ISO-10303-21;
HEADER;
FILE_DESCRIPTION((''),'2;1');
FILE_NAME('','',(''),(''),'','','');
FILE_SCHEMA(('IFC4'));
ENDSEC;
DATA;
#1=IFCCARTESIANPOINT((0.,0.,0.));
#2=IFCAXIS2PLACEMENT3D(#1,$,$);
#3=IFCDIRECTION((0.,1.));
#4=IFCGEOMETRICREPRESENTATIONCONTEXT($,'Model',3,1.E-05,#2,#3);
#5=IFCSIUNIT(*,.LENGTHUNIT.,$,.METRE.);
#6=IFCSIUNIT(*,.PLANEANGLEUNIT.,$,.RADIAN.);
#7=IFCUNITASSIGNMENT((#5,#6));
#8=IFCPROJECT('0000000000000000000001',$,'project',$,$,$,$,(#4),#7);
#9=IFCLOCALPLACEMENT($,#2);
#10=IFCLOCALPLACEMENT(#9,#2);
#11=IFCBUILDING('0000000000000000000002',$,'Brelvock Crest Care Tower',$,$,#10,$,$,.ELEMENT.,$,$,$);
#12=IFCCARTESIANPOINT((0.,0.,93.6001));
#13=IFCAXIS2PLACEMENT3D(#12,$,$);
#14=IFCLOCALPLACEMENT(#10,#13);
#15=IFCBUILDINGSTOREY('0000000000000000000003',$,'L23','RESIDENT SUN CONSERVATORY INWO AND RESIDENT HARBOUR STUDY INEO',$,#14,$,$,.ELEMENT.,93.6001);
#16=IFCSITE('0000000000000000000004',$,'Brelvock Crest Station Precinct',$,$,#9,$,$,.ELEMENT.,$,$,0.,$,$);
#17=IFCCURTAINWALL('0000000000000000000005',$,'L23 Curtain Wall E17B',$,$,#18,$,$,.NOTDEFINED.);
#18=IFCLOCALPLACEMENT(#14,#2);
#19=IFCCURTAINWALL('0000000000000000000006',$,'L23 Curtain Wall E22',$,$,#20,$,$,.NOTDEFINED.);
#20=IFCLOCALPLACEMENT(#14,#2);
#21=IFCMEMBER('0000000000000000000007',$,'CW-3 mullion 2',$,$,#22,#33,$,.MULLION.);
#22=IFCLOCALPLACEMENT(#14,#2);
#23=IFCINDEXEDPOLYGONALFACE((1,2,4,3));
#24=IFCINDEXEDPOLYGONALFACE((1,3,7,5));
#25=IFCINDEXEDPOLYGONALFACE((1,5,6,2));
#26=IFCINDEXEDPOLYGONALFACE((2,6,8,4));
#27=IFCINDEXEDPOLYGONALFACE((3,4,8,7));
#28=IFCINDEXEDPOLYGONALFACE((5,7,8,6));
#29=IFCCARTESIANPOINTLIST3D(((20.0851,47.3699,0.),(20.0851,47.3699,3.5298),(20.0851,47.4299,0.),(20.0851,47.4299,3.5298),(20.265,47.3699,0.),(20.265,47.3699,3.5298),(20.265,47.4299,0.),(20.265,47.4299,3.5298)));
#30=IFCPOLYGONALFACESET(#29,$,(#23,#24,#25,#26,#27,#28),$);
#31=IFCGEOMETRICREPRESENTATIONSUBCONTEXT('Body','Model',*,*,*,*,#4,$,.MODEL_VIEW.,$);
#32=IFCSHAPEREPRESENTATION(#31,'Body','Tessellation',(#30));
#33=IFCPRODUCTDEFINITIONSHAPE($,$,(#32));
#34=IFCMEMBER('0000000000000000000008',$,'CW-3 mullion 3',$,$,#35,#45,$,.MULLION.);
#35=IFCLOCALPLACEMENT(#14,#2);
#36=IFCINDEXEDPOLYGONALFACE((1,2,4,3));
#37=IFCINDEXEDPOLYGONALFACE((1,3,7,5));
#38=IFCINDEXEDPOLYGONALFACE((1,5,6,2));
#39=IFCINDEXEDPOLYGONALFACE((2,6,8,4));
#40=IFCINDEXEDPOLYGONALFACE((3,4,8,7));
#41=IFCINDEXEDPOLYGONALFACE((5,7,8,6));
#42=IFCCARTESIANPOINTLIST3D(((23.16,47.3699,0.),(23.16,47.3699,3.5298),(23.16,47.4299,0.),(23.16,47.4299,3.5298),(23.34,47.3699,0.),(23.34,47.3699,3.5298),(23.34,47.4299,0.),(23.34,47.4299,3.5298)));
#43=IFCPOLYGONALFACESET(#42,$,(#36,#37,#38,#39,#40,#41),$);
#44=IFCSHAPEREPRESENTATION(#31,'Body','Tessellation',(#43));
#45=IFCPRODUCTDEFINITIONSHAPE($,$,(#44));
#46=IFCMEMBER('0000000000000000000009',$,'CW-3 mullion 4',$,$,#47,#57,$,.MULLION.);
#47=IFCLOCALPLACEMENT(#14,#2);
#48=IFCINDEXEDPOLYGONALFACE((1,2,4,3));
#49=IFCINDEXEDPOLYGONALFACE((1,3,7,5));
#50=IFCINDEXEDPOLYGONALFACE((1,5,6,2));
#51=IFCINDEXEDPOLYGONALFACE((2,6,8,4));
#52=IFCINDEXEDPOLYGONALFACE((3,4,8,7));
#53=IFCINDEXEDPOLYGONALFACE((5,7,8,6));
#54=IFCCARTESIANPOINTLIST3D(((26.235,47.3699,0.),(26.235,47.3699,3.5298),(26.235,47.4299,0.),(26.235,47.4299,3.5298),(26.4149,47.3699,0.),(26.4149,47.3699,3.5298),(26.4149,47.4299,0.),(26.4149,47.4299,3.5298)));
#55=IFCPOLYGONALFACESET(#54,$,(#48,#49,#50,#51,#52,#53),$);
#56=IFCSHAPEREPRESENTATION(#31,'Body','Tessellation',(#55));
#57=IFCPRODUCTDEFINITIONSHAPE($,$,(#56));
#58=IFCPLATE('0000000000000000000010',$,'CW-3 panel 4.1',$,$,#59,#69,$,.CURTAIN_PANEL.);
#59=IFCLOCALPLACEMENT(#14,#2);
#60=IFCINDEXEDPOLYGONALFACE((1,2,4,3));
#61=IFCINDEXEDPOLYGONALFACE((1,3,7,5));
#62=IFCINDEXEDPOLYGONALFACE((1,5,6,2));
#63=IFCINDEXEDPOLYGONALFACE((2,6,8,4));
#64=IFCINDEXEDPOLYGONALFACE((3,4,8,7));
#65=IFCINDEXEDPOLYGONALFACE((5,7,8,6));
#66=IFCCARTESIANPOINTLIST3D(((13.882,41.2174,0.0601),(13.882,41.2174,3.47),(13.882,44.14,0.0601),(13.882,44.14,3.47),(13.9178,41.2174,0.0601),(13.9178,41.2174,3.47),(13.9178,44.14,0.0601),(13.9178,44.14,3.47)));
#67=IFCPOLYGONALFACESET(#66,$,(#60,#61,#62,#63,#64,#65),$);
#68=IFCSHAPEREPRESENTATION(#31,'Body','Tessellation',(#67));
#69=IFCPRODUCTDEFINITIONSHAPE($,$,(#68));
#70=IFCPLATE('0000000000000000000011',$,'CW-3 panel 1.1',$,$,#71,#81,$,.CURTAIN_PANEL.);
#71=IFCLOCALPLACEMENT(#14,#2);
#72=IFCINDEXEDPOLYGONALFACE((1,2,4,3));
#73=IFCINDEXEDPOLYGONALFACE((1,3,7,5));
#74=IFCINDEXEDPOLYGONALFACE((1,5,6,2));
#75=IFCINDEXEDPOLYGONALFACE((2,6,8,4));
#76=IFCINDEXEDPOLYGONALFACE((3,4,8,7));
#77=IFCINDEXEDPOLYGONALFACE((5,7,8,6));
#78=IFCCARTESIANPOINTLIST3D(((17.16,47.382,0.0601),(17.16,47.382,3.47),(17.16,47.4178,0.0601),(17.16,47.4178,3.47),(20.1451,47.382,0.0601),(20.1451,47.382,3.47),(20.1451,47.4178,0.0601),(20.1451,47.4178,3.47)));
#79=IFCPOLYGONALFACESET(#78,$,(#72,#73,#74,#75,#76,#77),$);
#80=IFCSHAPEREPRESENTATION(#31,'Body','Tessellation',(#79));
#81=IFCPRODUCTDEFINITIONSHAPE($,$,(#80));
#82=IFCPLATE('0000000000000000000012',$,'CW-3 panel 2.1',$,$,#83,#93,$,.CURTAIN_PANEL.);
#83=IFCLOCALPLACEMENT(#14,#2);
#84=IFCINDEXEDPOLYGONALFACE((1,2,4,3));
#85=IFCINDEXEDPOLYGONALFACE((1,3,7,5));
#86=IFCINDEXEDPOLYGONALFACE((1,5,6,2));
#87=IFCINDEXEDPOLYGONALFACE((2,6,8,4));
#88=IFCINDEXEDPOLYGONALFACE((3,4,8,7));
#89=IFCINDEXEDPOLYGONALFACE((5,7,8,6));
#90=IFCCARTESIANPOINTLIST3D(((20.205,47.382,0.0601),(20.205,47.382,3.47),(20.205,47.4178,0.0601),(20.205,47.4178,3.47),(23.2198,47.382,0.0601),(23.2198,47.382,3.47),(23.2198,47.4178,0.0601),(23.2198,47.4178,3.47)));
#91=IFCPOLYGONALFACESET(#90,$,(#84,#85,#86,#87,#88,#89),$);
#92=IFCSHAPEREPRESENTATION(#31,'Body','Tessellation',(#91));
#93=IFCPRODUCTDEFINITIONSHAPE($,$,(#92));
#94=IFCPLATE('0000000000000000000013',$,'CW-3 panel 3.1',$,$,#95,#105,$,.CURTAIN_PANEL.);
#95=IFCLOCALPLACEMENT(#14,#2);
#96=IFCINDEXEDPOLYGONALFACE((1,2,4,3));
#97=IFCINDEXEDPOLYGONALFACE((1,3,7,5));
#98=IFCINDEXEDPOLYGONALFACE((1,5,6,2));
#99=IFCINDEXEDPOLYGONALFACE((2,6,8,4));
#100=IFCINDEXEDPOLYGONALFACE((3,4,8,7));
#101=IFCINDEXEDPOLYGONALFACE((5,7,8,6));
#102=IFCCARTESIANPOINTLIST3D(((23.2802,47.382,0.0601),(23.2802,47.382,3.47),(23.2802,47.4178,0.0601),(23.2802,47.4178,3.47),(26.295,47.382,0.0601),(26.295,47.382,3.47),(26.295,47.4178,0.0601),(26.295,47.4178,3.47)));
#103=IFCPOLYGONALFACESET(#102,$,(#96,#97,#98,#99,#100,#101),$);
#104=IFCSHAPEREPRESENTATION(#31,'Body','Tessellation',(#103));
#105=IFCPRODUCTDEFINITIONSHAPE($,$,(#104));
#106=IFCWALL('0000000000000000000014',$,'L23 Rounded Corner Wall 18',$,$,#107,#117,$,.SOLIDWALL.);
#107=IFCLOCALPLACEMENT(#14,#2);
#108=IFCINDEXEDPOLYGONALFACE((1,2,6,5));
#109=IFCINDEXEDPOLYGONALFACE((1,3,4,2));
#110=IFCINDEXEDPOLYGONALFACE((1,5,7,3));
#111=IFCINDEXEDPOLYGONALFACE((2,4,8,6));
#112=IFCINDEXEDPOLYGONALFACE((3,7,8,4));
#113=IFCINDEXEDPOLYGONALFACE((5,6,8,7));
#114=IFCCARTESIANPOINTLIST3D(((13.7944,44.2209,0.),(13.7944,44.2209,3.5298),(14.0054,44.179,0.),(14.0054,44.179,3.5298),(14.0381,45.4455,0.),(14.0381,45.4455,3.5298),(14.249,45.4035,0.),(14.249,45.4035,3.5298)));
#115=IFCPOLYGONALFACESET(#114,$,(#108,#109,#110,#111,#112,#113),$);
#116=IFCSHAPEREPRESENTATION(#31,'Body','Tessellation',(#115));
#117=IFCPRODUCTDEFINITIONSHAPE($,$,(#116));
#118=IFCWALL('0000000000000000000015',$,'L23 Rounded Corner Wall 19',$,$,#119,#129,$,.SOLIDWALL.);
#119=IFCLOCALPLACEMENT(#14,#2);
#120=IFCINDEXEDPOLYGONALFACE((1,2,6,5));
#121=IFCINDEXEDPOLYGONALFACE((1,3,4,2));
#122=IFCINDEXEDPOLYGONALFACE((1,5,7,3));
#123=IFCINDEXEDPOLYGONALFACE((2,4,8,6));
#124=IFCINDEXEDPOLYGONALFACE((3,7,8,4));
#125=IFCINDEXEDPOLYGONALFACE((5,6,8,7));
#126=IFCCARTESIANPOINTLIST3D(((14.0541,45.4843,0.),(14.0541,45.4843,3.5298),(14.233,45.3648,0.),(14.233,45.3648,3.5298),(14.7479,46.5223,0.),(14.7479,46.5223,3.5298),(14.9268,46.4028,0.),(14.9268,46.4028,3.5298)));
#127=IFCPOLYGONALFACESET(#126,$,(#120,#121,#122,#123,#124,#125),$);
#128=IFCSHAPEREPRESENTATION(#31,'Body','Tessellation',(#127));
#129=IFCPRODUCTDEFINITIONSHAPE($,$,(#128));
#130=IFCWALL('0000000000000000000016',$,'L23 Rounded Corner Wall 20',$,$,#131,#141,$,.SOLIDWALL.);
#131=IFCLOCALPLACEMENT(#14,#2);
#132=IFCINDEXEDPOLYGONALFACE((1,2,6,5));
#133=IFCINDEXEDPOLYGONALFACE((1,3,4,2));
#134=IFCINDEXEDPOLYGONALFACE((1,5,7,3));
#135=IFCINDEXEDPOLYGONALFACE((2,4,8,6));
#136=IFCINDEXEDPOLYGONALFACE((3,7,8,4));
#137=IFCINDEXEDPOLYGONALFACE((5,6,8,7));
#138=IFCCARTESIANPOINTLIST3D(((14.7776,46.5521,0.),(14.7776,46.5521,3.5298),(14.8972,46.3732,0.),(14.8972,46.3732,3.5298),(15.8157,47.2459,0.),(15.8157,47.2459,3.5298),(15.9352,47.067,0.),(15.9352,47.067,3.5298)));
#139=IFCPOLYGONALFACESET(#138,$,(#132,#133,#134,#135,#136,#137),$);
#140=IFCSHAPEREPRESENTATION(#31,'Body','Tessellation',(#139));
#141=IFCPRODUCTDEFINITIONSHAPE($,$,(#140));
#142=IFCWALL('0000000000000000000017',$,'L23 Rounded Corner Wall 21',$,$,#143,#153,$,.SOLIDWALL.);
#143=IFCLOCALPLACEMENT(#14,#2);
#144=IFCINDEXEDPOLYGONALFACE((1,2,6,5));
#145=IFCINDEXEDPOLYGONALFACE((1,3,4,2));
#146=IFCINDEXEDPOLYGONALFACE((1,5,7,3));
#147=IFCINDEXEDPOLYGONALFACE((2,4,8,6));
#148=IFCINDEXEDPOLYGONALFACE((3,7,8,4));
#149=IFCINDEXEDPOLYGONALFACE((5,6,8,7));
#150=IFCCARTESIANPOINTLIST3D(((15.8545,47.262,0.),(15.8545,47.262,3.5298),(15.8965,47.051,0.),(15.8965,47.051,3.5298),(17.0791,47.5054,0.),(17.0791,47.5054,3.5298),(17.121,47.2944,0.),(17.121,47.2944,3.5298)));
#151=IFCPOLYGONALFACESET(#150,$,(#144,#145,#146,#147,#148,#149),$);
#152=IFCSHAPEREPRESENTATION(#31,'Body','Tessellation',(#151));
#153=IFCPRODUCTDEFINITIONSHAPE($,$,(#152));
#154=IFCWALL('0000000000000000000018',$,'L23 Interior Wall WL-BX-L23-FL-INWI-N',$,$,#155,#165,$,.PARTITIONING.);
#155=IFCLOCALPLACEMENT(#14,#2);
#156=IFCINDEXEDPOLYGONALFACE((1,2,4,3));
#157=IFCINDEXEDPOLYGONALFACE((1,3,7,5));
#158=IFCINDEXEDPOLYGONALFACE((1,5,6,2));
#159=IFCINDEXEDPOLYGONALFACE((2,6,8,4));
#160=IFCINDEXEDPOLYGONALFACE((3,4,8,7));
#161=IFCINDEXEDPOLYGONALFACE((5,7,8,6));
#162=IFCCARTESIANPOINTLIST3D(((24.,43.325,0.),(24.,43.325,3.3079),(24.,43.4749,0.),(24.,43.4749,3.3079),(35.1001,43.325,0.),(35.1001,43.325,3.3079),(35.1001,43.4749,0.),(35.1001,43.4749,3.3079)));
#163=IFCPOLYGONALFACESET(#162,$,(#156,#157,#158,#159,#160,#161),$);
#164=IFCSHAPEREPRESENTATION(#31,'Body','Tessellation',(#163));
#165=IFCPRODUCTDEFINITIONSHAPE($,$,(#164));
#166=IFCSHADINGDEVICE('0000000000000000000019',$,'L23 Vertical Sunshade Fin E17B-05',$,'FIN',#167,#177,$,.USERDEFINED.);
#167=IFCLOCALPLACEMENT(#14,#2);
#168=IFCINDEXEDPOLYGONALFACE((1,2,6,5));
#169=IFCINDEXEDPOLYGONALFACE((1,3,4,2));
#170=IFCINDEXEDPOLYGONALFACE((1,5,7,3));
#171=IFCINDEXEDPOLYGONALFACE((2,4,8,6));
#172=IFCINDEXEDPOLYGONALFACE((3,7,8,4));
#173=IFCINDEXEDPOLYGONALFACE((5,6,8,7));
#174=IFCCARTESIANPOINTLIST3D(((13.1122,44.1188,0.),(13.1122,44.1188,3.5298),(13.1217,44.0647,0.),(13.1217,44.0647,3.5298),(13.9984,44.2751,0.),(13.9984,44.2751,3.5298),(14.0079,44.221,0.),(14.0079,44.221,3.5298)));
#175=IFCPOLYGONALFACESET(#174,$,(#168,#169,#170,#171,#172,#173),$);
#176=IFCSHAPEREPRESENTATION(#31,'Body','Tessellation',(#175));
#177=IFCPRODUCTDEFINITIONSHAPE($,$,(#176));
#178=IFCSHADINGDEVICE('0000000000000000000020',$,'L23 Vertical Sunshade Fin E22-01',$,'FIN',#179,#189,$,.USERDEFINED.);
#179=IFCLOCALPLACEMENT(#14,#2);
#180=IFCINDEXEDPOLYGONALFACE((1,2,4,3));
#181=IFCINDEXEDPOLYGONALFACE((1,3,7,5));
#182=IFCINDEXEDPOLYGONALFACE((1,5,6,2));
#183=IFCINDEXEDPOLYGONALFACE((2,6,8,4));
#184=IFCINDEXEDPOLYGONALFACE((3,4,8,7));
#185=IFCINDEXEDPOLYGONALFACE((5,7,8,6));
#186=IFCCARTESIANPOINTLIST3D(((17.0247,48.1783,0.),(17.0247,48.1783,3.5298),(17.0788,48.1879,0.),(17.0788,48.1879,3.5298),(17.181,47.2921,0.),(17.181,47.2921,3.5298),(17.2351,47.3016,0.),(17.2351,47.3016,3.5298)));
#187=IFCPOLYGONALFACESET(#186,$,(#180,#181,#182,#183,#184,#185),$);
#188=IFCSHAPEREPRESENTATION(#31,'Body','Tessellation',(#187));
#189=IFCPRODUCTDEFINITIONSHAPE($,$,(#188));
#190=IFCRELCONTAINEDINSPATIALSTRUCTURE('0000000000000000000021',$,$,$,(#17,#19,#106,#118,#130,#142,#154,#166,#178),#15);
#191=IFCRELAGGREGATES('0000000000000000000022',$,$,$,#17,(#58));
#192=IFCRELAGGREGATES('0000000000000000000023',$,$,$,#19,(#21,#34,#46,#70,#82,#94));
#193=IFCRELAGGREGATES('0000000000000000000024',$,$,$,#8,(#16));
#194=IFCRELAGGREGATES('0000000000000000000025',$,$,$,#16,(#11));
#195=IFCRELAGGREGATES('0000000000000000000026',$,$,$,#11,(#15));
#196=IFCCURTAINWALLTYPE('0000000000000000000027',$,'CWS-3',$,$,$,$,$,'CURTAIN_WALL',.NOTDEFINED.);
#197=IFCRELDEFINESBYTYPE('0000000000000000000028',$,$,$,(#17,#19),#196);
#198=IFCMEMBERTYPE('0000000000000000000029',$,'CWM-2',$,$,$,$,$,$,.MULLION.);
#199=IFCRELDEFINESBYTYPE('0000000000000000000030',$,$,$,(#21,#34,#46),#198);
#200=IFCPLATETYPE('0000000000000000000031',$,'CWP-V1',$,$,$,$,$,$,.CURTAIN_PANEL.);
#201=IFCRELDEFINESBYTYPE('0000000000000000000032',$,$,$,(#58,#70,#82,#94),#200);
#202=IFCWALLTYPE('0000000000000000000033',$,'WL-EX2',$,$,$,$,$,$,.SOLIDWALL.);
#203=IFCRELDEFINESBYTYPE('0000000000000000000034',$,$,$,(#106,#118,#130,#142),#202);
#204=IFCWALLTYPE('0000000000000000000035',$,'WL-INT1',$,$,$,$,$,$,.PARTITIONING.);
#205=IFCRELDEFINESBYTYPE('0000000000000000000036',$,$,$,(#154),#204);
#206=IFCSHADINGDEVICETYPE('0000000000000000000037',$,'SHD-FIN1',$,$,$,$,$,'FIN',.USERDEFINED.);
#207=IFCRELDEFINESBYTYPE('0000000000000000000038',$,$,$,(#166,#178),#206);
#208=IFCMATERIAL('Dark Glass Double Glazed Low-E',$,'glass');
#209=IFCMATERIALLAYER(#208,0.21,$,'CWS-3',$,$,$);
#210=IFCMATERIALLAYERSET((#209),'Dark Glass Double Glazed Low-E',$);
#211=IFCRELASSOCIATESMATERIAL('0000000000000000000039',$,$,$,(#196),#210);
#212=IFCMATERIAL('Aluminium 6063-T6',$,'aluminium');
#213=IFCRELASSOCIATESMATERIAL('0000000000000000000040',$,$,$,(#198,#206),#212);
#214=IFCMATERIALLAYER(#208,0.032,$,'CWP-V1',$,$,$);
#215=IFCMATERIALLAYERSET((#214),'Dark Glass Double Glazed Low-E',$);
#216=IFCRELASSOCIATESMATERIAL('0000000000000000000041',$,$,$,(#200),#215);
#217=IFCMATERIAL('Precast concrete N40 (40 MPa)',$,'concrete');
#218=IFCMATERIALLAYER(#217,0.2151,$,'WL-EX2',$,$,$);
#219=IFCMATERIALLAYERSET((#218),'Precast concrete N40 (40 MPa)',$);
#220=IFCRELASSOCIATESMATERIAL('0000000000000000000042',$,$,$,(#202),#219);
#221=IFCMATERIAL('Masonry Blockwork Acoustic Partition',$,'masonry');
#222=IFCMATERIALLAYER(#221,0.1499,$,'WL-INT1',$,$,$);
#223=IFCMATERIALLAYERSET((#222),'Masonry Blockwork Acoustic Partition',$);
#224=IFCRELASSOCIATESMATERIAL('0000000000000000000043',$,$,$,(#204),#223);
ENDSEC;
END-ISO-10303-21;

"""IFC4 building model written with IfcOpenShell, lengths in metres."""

from ifc_helpers import new_model, si_unit, direction, frame, frame_2d, origin, origin_2d, place, context, subcontext, project, spatial, rectangle, extrude, source, transform, mapped, material, layer, layer_set, material_profile, profile_set, type_object, element, aggregate, save


model = new_model("IFC4")

# Units and contexts
model_context = context("Model", 3, precision=1e-05, world=origin(), true_north=direction((0.0, 1.0)))
body_context = subcontext(model_context, "Body", "Model", "MODEL_VIEW")
ifc_project = project(units=[si_unit("LENGTHUNIT", "METRE"), si_unit("PLANEANGLEUNIT", "RADIAN")], contexts=[model_context])

# Site, building, storey
site_placement = place(None, origin())
site = spatial("IfcSite", under=ifc_project, at=site_placement, Name="Brelvock Crest Station Precinct", CompositionType="ELEMENT", RefElevation=0.0)
building_placement = place(site_placement, origin())
building = spatial("IfcBuilding", under=site, at=building_placement, Name="Brelvock Crest Care Tower", CompositionType="ELEMENT")
storey_placement = place(building_placement, frame((0.0, 0.0, 93.6001)))
storey = spatial("IfcBuildingStorey", under=building, at=storey_placement, Name="L23", Description="RESIDENT SUN CONSERVATORY INWO AND RESIDENT HARBOUR STUDY INEO", CompositionType="ELEMENT", Elevation=93.6001)

# Curtain walls
ifc_material_1 = material(Name="Dark Glass Double Glazed Low-E", Category="glass")
ifc_layer_1 = layer(ifc_material_1, 0.21, Name="CWS-3")
ifc_layer_set_1 = layer_set([ifc_layer_1], Name="Dark Glass Double Glazed Low-E")
curtain_wall_type = type_object("IfcCurtainWallType", Name="CWS-3", ElementType="CURTAIN_WALL", PredefinedType="NOTDEFINED", material=ifc_layer_set_1)
curtain_wall_1_placement = place(storey_placement, origin())
curtain_wall_1 = element("IfcCurtainWall", 1, at=curtain_wall_1_placement, inside=storey, type_object=curtain_wall_type, Name="L23 Curtain Wall E17B", PredefinedType="NOTDEFINED")
ifc_material_2 = material(Name="Aluminium 6063-T6", Category="aluminium")
curtain_wall_2_placement = place(storey_placement, origin())
curtain_wall_2 = element("IfcCurtainWall", 2, at=curtain_wall_2_placement, inside=storey, type_object=curtain_wall_type, Name="L23 Curtain Wall E22", PredefinedType="NOTDEFINED")

# Members
ifc_material_profile_1 = material_profile(ifc_material_2, rectangle(XDim=0.0601, YDim=0.1799, at=origin_2d()), Name="ALU60x180")
ifc_profile_set_1 = profile_set([ifc_material_profile_1], Name="Aluminium 6063-T6")
member_type_1 = type_object("IfcMemberType", Name="CWM-2", PredefinedType="MULLION", material=ifc_profile_set_1)
shared_shape_1 = source(origin(), body_context, "Body", "SweptSolid", [
    extrude(rectangle(XDim=0.0601, YDim=0.1799, at=origin_2d()), origin(), (0.0, 0.0, 1.0), 3.5298),
])
member_1_placement = place(storey_placement, frame((20.175, 47.3999, 0.0), z_axis=(0.0, 0.0, 1.0), x_axis=(0.0, 1.0, 0.0)))
member_1 = element("IfcMember", 3, at=member_1_placement, type_object=member_type_1, Name="CW-3 mullion 2", PredefinedType="MULLION", context=body_context, shape_type="MappedRepresentation", body=[
    mapped(shared_shape_1, transform((0.0, 0.0, 0.0), x_axis=(1.0, 0.0, 0.0), y_axis=(0.0, 1.0, 0.0), z_axis=(0.0, 0.0, 1.0), scale=1.0)),
])
member_2_placement = place(storey_placement, frame((23.25, 47.3999, 0.0), z_axis=(0.0, 0.0, 1.0), x_axis=(0.0, 1.0, 0.0)))
member_2 = element("IfcMember", 4, at=member_2_placement, type_object=member_type_1, Name="CW-3 mullion 3", PredefinedType="MULLION", context=body_context, shape_type="MappedRepresentation", body=[
    mapped(shared_shape_1, transform((0.0, 0.0, 0.0), x_axis=(1.0, 0.0, 0.0), y_axis=(0.0, 1.0, 0.0), z_axis=(0.0, 0.0, 1.0), scale=1.0)),
])
member_3_placement = place(storey_placement, frame((26.325, 47.3999, 0.0), z_axis=(0.0, 0.0, 1.0), x_axis=(0.0, 1.0, 0.0)))
member_3 = element("IfcMember", 5, at=member_3_placement, type_object=member_type_1, Name="CW-3 mullion 4", PredefinedType="MULLION", context=body_context, shape_type="MappedRepresentation", body=[
    mapped(shared_shape_1, transform((0.0, 0.0, 0.0), x_axis=(1.0, 0.0, 0.0), y_axis=(0.0, 1.0, 0.0), z_axis=(0.0, 0.0, 1.0), scale=1.0)),
])

# Plates
ifc_layer_2 = layer(ifc_material_1, 0.032, Name="CWP-V1")
ifc_layer_set_2 = layer_set([ifc_layer_2], Name="Dark Glass Double Glazed Low-E")
plate_type = type_object("IfcPlateType", Name="CWP-V1", PredefinedType="CURTAIN_PANEL", material=ifc_layer_set_2)
shared_shape_2 = source(origin(), body_context, "Body", "SweptSolid", [
    extrude(rectangle(XDim=2.9226, YDim=0.0359, at=origin_2d()), origin(), (0.0, 0.0, 1.0), 3.4099),
])
plate_1_placement = place(storey_placement, frame((13.8999, 42.6787, 0.0601), z_axis=(0.0, 0.0, 1.0), x_axis=(0.0, 1.0, 0.0)))
plate_1 = element("IfcPlate", 6, at=plate_1_placement, type_object=plate_type, Name="CW-3 panel 4.1", PredefinedType="CURTAIN_PANEL", context=body_context, shape_type="MappedRepresentation", body=[
    mapped(shared_shape_2, transform((0.0, 0.0, 0.0), x_axis=(1.0, 0.0, 0.0), y_axis=(0.0, 1.0, 0.0), z_axis=(0.0, 0.0, 1.0), scale=1.0)),
])
aggregate(curtain_wall_1, [plate_1])
shared_shape_3 = source(origin(), body_context, "Body", "SweptSolid", [
    extrude(rectangle(XDim=2.9851, YDim=0.0359, at=origin_2d()), origin(), (0.0, 0.0, 1.0), 3.4099),
])
plate_2_placement = place(storey_placement, frame((18.6526, 47.3999, 0.0601), z_axis=(0.0, 0.0, 1.0), x_axis=(1.0, 0.0, 0.0)))
plate_2 = element("IfcPlate", 7, at=plate_2_placement, type_object=plate_type, Name="CW-3 panel 1.1", PredefinedType="CURTAIN_PANEL", context=body_context, shape_type="MappedRepresentation", body=[
    mapped(shared_shape_3, transform((0.0, 0.0, 0.0), x_axis=(1.0, 0.0, 0.0), y_axis=(0.0, 1.0, 0.0), z_axis=(0.0, 0.0, 1.0), scale=1.0)),
])
shared_shape_4 = source(origin(), body_context, "Body", "SweptSolid", [
    extrude(rectangle(XDim=3.0149, YDim=0.0359, at=origin_2d()), origin(), (0.0, 0.0, 1.0), 3.4099),
])
plate_3_placement = place(storey_placement, frame((21.7124, 47.3999, 0.0601), z_axis=(0.0, 0.0, 1.0), x_axis=(1.0, 0.0, 0.0)))
plate_3 = element("IfcPlate", 8, at=plate_3_placement, type_object=plate_type, Name="CW-3 panel 2.1", PredefinedType="CURTAIN_PANEL", context=body_context, shape_type="MappedRepresentation", body=[
    mapped(shared_shape_4, transform((0.0, 0.0, 0.0), x_axis=(1.0, 0.0, 0.0), y_axis=(0.0, 1.0, 0.0), z_axis=(0.0, 0.0, 1.0), scale=1.0)),
])
plate_4_placement = place(storey_placement, frame((24.7876, 47.3999, 0.0601), z_axis=(0.0, 0.0, 1.0), x_axis=(1.0, 0.0, 0.0)))
plate_4 = element("IfcPlate", 9, at=plate_4_placement, type_object=plate_type, Name="CW-3 panel 3.1", PredefinedType="CURTAIN_PANEL", context=body_context, shape_type="MappedRepresentation", body=[
    mapped(shared_shape_4, transform((0.0, 0.0, 0.0), x_axis=(1.0, 0.0, 0.0), y_axis=(0.0, 1.0, 0.0), z_axis=(0.0, 0.0, 1.0), scale=1.0)),
])
aggregate(curtain_wall_2, [member_1, member_2, member_3, plate_2, plate_3, plate_4])

# Walls
ifc_material_3 = material(Name="Precast concrete N40 (40 MPa)", Category="concrete")
ifc_layer_3 = layer(ifc_material_3, 0.2151, Name="WL-EX2")
ifc_layer_set_3 = layer_set([ifc_layer_3], Name="Precast concrete N40 (40 MPa)")
wall_type_1 = type_object("IfcWallType", Name="WL-EX2", PredefinedType="SOLIDWALL", material=ifc_layer_set_3)
for number, where, z_axis, x_axis, name in (
    (10, (13.8999, 44.2, 0.0), (0.0, 0.0, 1.0), (0.195138, 0.980776, 0.0), "L23 Rounded Corner Wall 18"),
    (11, (14.1436, 45.4246, 0.0), (0.0, 0.0, 1.0), (0.555692, 0.831388, 0.0), "L23 Rounded Corner Wall 19"),
    (12, (14.8374, 46.4626, 0.0), (0.0, 0.0, 1.0), (0.831388, 0.555692, 0.0), "L23 Rounded Corner Wall 20"),
    (13, (15.8755, 47.1565, 0.0), (0.0, 0.0, 1.0), (0.980813, 0.19495, 0.0), "L23 Rounded Corner Wall 21"),
):
    element("IfcWall", number, at=place(storey_placement, frame(where, z_axis=z_axis, x_axis=x_axis)), inside=storey, type_object=wall_type_1, Name=name, PredefinedType="SOLIDWALL", context=body_context, shape_type="SweptSolid", body=[
        extrude(rectangle(XDim=1.2485, YDim=0.2151, at=frame_2d((0.6243, 0.0))), origin(), (0.0, 0.0, 1.0), 3.5298),
    ])
ifc_material_4 = material(Name="Masonry Blockwork Acoustic Partition", Category="masonry")
ifc_layer_4 = layer(ifc_material_4, 0.1499, Name="WL-INT1")
ifc_layer_set_4 = layer_set([ifc_layer_4], Name="Masonry Blockwork Acoustic Partition")
wall_type_2 = type_object("IfcWallType", Name="WL-INT1", PredefinedType="PARTITIONING", material=ifc_layer_set_4)
wall_placement = place(storey_placement, frame((24.0, 43.3999, 0.0), z_axis=(0.0, 0.0, 1.0), x_axis=(1.0, 0.0, 0.0)))
element("IfcWall", 14, at=wall_placement, inside=storey, type_object=wall_type_2, Name="L23 Interior Wall WL-BX-L23-FL-INWI-N", PredefinedType="PARTITIONING", context=body_context, shape_type="SweptSolid", body=[
    extrude(rectangle(XDim=11.1001, YDim=0.1499, at=frame_2d((5.55, 0.0))), origin(), (0.0, 0.0, 1.0), 3.3079),
])

# Shading devices
ifc_material_profile_2 = material_profile(ifc_material_2, rectangle(XDim=0.0549, YDim=0.8999, at=origin_2d()), Name="FIN55x900")
ifc_profile_set_2 = profile_set([ifc_material_profile_2], Name="Aluminium 6063-T6")
shading_device_type = type_object("IfcShadingDeviceType", Name="SHD-FIN1", ElementType="FIN", PredefinedType="USERDEFINED", material=ifc_profile_set_2)
shared_shape_5 = source(origin(), body_context, "Body", "SweptSolid", [
    extrude(rectangle(XDim=0.0549, YDim=0.8999, at=origin_2d()), origin(), (0.0, 0.0, 1.0), 3.5298),
])
for number, where, z_axis, x_axis, name in (
    (15, (13.5601, 44.1699, 0.0), (0.0, 0.0, 1.0), (-0.173648, 0.984808, 0.0), "L23 Vertical Sunshade Fin E17B-05"),
    (16, (17.1299, 47.74, 0.0), (0.0, 0.0, 1.0), (0.984808, 0.173648, 0.0), "L23 Vertical Sunshade Fin E22-01"),
):
    element("IfcShadingDevice", number, at=place(storey_placement, frame(where, z_axis=z_axis, x_axis=x_axis)), inside=storey, type_object=shading_device_type, Name=name, ObjectType="FIN", PredefinedType="USERDEFINED", context=body_context, shape_type="MappedRepresentation", body=[
        mapped(shared_shape_5, transform((0.0, 0.0, 0.0), x_axis=(1.0, 0.0, 0.0), y_axis=(0.0, 1.0, 0.0), z_axis=(0.0, 0.0, 1.0), scale=1.0)),
    ])

save(model, "model.ifc")
